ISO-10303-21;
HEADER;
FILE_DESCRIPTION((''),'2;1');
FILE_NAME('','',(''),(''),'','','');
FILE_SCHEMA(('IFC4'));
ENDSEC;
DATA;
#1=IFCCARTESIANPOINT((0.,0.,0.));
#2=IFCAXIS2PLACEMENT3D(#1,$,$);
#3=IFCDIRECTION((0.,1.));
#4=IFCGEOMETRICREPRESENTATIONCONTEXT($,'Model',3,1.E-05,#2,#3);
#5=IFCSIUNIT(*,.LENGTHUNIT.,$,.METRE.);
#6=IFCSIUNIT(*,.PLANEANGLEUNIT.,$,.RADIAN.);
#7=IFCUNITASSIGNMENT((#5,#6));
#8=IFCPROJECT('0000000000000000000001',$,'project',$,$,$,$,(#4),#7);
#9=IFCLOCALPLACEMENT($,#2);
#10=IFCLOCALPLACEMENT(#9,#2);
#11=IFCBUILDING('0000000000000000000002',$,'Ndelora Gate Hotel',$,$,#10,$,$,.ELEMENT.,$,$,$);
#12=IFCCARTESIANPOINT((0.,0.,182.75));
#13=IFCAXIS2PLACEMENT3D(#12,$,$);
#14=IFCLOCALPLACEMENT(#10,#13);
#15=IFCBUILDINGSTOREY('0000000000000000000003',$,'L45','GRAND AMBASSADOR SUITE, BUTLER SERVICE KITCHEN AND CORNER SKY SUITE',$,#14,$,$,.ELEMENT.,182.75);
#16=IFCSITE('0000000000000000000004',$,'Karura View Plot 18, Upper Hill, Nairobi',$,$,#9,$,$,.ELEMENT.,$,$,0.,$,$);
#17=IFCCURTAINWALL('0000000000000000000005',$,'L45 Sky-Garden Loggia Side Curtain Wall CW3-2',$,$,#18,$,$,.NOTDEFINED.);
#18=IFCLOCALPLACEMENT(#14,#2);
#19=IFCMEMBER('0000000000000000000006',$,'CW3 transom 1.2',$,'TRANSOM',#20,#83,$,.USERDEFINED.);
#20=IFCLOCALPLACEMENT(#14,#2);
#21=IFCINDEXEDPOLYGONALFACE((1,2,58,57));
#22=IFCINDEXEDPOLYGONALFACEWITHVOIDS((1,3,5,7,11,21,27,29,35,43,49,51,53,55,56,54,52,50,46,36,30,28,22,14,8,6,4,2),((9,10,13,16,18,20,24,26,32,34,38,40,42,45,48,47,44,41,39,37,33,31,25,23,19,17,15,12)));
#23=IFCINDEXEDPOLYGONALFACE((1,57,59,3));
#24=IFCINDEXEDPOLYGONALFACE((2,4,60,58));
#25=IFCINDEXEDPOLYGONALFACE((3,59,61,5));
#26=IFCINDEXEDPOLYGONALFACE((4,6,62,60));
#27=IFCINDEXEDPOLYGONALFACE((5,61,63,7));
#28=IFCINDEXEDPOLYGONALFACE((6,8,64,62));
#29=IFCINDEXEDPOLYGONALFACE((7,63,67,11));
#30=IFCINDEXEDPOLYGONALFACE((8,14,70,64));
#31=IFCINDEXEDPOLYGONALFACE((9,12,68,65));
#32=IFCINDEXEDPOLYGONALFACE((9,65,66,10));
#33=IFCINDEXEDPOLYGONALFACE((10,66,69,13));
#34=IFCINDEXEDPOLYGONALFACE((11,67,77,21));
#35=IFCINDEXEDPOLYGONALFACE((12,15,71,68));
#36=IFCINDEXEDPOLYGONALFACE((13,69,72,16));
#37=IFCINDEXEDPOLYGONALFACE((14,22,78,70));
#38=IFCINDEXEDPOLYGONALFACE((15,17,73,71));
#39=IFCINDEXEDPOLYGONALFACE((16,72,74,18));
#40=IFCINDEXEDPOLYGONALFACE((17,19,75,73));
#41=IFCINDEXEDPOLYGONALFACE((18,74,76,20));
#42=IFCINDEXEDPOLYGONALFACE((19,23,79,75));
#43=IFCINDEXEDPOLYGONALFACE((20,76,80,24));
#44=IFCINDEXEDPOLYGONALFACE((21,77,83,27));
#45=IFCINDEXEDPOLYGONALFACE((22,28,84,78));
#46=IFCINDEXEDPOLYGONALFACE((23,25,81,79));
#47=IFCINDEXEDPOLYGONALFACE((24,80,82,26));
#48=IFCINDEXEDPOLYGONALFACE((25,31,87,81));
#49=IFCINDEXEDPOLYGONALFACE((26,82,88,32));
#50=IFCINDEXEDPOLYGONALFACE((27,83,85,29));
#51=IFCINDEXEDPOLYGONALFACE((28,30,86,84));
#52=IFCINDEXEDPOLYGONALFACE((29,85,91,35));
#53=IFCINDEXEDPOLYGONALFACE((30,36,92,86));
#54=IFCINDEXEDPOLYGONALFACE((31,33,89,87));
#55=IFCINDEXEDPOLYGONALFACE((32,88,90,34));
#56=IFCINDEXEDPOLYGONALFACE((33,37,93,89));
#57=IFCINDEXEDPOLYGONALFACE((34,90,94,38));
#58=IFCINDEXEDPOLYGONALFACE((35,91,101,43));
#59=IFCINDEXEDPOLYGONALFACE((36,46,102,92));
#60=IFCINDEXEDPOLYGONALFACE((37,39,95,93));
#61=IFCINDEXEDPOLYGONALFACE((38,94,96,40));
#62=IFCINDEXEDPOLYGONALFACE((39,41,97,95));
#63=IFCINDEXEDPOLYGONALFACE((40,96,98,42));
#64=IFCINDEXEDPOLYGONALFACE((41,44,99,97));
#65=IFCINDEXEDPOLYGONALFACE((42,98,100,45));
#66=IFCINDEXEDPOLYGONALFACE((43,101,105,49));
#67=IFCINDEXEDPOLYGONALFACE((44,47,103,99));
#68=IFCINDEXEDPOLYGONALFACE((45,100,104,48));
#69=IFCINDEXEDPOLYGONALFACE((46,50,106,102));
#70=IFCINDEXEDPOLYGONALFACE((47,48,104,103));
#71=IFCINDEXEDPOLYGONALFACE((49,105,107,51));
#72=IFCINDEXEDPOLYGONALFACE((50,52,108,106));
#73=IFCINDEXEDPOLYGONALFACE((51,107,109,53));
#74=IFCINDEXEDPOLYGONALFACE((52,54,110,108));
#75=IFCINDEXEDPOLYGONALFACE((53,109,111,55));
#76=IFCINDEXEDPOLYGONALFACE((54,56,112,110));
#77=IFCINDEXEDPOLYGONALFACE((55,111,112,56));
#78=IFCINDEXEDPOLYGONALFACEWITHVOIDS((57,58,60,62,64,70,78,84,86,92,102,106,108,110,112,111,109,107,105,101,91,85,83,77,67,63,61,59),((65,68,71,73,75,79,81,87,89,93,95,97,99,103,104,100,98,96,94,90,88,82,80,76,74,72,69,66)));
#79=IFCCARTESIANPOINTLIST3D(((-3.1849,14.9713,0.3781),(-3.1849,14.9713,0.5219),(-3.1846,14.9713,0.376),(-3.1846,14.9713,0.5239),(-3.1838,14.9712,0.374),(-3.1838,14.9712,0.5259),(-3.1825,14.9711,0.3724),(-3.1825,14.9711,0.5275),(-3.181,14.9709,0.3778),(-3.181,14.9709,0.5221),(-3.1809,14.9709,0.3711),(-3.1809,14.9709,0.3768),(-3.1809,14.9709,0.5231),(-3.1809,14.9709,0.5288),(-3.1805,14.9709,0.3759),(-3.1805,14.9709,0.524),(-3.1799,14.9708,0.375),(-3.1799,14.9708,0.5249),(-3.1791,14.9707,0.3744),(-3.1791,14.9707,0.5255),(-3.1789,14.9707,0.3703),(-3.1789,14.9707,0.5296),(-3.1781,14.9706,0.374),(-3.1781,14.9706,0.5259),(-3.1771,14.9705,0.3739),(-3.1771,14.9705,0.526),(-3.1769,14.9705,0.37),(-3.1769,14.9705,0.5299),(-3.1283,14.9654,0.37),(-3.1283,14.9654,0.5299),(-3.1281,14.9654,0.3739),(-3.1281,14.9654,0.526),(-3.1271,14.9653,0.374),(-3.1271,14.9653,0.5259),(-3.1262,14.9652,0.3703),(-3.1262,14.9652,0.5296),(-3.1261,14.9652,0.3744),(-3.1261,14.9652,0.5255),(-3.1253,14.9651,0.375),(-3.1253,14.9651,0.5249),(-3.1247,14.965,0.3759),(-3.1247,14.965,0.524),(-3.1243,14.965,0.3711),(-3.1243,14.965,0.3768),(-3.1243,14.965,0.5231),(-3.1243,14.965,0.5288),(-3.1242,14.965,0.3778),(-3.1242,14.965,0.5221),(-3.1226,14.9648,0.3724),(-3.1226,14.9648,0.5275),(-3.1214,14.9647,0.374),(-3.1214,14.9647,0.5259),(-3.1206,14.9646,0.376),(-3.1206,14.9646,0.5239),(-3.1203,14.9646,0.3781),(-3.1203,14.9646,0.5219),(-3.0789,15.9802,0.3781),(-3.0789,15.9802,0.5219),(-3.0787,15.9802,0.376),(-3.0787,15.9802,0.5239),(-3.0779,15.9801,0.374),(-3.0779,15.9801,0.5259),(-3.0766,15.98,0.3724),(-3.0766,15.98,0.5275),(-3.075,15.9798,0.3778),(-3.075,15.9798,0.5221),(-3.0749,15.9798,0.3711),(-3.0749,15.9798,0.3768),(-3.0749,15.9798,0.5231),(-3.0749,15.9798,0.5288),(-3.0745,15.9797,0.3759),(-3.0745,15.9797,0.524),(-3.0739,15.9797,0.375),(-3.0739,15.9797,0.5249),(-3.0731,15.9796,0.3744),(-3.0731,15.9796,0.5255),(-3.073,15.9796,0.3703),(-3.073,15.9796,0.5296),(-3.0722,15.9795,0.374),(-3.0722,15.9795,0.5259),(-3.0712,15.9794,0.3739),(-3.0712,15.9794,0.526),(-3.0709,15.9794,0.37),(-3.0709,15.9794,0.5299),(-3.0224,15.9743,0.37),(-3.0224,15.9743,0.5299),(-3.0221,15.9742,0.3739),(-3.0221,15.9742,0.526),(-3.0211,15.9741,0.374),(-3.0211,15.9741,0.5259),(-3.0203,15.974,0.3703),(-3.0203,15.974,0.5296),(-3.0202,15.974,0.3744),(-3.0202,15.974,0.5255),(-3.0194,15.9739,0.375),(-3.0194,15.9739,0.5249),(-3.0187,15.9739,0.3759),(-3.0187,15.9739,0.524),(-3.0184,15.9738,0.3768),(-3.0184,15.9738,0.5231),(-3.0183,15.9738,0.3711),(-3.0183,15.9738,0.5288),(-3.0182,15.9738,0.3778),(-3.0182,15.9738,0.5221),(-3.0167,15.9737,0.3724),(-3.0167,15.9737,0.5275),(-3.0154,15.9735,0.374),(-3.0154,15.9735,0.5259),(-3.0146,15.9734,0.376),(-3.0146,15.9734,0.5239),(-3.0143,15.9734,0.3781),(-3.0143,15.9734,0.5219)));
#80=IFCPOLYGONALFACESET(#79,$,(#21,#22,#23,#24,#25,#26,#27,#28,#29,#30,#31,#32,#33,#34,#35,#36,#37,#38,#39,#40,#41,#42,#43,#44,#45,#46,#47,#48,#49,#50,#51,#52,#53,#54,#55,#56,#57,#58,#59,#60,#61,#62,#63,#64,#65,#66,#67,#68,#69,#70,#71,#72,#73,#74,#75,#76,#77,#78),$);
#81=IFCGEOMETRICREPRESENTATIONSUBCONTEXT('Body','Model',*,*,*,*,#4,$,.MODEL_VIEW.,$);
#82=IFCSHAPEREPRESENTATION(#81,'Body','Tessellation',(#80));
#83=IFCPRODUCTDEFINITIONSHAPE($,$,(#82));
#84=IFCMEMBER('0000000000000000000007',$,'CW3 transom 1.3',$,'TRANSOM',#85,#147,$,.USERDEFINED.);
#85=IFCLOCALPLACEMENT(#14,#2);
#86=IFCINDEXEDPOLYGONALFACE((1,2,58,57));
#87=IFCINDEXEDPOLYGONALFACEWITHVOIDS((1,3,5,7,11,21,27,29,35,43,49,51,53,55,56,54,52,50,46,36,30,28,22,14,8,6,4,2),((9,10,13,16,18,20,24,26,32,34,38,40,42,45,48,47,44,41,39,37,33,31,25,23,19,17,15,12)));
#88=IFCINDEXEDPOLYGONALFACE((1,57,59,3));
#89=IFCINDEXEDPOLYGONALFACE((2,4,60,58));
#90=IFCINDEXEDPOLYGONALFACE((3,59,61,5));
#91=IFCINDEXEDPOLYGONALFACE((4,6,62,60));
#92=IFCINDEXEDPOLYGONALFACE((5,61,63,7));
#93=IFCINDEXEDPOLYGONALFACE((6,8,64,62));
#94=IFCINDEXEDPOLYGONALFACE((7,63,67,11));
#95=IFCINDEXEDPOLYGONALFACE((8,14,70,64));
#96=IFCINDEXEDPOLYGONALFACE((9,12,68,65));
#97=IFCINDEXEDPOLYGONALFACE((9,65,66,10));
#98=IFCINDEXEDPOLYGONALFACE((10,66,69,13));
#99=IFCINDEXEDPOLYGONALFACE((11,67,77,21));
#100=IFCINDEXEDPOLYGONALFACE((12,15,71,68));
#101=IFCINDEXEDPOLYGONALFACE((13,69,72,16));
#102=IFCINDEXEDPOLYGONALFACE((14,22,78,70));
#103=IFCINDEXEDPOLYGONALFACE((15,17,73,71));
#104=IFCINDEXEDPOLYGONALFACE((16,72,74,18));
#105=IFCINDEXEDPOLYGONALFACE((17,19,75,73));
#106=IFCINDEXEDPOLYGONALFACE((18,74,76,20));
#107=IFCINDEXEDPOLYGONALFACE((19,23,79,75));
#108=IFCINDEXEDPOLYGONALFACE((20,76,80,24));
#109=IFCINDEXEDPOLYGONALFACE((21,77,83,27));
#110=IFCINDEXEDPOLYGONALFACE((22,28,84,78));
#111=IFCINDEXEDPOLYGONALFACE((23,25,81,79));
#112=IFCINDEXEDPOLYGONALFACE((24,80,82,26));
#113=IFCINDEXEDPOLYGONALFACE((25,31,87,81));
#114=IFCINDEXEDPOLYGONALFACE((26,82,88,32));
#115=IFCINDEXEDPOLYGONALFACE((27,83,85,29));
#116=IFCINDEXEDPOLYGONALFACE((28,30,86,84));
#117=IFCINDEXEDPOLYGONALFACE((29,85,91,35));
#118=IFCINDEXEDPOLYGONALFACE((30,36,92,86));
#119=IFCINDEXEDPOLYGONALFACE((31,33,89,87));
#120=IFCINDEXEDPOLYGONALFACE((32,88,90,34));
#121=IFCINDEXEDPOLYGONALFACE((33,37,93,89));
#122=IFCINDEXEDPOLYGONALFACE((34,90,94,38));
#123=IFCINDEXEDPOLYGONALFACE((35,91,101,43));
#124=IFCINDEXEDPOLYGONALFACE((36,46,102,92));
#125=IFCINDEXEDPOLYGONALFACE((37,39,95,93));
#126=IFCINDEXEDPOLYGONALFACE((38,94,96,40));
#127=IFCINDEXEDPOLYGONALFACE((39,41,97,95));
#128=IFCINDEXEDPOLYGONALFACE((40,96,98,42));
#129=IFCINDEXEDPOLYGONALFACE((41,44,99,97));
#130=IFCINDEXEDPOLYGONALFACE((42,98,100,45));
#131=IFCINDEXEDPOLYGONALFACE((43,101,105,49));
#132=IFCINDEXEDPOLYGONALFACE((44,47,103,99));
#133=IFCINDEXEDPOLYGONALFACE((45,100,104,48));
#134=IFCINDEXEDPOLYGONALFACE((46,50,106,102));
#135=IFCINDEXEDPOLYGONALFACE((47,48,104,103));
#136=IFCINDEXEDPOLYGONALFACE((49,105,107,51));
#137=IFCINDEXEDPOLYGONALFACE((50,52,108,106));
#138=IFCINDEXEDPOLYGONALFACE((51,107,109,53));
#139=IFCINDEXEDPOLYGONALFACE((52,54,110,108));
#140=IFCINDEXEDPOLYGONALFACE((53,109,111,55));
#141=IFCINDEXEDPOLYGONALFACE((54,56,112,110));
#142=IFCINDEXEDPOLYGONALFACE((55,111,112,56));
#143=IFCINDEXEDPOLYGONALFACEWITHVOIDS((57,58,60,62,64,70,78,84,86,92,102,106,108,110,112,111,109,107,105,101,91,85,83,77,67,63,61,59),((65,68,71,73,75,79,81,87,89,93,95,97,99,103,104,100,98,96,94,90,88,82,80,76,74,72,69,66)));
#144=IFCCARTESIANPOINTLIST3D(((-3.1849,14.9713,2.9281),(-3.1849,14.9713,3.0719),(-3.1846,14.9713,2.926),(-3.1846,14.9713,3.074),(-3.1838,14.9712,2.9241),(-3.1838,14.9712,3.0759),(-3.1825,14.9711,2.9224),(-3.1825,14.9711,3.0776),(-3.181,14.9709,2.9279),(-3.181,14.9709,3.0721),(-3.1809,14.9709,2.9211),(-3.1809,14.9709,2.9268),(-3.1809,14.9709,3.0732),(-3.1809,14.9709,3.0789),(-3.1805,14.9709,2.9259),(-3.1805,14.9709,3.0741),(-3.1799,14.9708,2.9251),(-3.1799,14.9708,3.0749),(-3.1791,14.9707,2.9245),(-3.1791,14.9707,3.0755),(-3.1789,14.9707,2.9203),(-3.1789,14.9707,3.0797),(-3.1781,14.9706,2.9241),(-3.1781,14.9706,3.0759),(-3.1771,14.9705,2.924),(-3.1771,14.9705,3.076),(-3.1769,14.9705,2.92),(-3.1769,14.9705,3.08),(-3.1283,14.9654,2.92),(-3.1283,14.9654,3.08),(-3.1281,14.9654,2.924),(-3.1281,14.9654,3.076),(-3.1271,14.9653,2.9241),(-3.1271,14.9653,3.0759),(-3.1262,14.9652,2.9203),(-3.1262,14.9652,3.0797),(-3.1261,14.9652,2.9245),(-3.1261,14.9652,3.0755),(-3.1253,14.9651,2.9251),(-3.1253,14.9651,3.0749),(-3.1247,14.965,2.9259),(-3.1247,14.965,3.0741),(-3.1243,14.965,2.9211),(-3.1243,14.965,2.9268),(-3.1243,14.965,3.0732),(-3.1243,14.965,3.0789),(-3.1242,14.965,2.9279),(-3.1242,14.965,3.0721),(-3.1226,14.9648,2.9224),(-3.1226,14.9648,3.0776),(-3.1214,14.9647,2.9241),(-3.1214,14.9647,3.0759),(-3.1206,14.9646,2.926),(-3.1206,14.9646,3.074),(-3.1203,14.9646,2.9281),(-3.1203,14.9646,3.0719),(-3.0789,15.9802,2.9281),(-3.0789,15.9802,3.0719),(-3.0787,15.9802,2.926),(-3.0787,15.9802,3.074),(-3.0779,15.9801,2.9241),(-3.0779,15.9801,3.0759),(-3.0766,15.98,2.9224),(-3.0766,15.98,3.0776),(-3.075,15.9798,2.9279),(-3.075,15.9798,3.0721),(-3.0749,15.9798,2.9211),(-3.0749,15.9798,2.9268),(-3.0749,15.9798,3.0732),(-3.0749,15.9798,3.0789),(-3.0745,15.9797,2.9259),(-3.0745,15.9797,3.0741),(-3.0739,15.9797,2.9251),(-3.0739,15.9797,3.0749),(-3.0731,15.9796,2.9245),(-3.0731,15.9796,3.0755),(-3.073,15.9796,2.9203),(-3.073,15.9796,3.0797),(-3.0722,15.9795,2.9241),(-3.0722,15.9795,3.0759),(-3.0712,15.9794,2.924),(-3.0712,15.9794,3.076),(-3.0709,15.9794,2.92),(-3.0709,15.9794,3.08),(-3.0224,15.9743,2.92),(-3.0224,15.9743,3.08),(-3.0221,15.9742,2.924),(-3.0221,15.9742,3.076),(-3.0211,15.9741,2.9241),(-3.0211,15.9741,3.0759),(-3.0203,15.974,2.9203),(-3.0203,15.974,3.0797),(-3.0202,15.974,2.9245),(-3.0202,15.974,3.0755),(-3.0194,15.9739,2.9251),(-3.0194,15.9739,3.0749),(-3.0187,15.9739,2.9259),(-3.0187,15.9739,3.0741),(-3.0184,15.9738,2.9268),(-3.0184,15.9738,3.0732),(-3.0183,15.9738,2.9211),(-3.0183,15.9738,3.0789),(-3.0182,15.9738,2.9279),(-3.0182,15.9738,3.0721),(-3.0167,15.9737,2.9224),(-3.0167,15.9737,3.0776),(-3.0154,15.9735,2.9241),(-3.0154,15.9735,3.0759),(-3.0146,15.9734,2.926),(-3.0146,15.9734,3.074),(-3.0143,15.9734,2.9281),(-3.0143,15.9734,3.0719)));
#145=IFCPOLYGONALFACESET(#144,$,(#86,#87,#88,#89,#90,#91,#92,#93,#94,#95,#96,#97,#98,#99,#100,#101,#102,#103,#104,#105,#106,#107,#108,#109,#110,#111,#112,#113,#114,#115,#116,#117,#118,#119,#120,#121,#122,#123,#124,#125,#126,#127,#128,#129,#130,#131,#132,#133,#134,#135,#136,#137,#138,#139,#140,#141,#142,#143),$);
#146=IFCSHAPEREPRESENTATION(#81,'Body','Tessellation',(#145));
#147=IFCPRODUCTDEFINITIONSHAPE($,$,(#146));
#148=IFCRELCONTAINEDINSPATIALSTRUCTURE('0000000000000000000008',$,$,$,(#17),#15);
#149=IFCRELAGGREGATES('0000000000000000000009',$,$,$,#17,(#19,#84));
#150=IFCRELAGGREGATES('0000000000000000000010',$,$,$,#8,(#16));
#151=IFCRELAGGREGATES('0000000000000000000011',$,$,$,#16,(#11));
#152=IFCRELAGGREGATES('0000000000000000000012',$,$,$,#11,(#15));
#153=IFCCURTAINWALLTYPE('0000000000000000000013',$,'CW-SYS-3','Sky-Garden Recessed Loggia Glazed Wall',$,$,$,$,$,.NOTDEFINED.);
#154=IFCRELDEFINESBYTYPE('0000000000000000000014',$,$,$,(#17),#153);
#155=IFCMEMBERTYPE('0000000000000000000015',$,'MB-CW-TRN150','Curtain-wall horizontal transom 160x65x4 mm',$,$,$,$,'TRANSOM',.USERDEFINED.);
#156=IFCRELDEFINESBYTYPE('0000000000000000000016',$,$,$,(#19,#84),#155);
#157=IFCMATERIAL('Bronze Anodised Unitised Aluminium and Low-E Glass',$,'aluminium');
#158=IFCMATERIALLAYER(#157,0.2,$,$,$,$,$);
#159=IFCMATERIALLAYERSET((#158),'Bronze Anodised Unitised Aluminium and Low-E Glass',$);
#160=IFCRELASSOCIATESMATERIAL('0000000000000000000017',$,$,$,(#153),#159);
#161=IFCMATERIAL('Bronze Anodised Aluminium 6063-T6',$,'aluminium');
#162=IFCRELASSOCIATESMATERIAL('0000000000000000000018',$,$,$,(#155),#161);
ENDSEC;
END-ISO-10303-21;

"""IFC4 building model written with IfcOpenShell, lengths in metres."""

from ifc_helpers import new_model, si_unit, direction, frame, origin, origin_2d, place, context, subcontext, project, spatial, hollow_rectangle, extrude, material, layer, layer_set, material_profile, profile_set, type_object, element, aggregate, save


model = new_model("IFC4")

# Units and contexts
model_context = context("Model", 3, precision=1e-05, world=origin(), true_north=direction((0.0, 1.0)))
body_context = subcontext(model_context, "Body", "Model", "MODEL_VIEW")
ifc_project = project(units=[si_unit("LENGTHUNIT", "METRE"), si_unit("PLANEANGLEUNIT", "RADIAN")], contexts=[model_context])

# Site, building, storey
site_placement = place(None, origin())
site = spatial("IfcSite", under=ifc_project, at=site_placement, Name="Karura View Plot 18, Upper Hill, Nairobi", CompositionType="ELEMENT", RefElevation=0.0)
building_placement = place(site_placement, origin())
building = spatial("IfcBuilding", under=site, at=building_placement, Name="Ndelora Gate Hotel", CompositionType="ELEMENT")
storey_placement = place(building_placement, frame((0.0, 0.0, 182.75)))
storey = spatial("IfcBuildingStorey", under=building, at=storey_placement, Name="L45", Description="GRAND AMBASSADOR SUITE, BUTLER SERVICE KITCHEN AND CORNER SKY SUITE", CompositionType="ELEMENT", Elevation=182.75)

# Curtain wall, members
ifc_material_1 = material(Name="Bronze Anodised Unitised Aluminium and Low-E Glass", Category="aluminium")
ifc_layer_1 = layer(ifc_material_1, 0.2)
ifc_layer_set_1 = layer_set([ifc_layer_1], Name="Bronze Anodised Unitised Aluminium and Low-E Glass")
curtain_wall_type = type_object("IfcCurtainWallType", Name="CW-SYS-3", Description="Sky-Garden Recessed Loggia Glazed Wall", PredefinedType="NOTDEFINED", material=ifc_layer_set_1)
curtain_wall_placement = place(storey_placement, origin())
curtain_wall = element("IfcCurtainWall", 1, at=curtain_wall_placement, inside=storey, type_object=curtain_wall_type, Name="L45 Sky-Garden Loggia Side Curtain Wall CW3-2", PredefinedType="NOTDEFINED")
ifc_material_2 = material(Name="Bronze Anodised Aluminium 6063-T6", Category="aluminium")
ifc_material_profile_1 = material_profile(ifc_material_2, hollow_rectangle(XDim=0.0649, YDim=0.1599, WallThickness=0.0039, InnerFilletRadius=0.0039, OuterFilletRadius=0.0081, at=origin_2d()), Name="ALU 160x65x4")
ifc_profile_set_1 = profile_set([ifc_material_profile_1], Name="Bronze Anodised Aluminium 6063-T6")
member_type_1 = type_object("IfcMemberType", Name="MB-CW-TRN150", Description="Curtain-wall horizontal transom 160x65x4 mm", ElementType="TRANSOM", PredefinedType="USERDEFINED", material=ifc_profile_set_1)
member_1_placement = place(storey_placement, frame((-3.0466, 15.9768, 0.45), z_axis=(-0.104459, -0.994529, 0.0), x_axis=(0.994529, -0.104459, 0.0)))
member_1 = element("IfcMember", 2, at=member_1_placement, type_object=member_type_1, Name="CW3 transom 1.2", ObjectType="TRANSOM", PredefinedType="USERDEFINED", context=body_context, shape_type="SweptSolid", body=[
    extrude(hollow_rectangle(XDim=0.0649, YDim=0.1599, WallThickness=0.0039, InnerFilletRadius=0.0039, OuterFilletRadius=0.0081, at=origin_2d()), origin(), (0.0, 0.0, 1.0), 1.0144),
])
member_2_placement = place(storey_placement, frame((-3.0466, 15.9768, 3.0), z_axis=(-0.104459, -0.994529, 0.0), x_axis=(0.994529, -0.104459, 0.0)))
member_2 = element("IfcMember", 3, at=member_2_placement, type_object=member_type_1, Name="CW3 transom 1.3", ObjectType="TRANSOM", PredefinedType="USERDEFINED", context=body_context, shape_type="SweptSolid", body=[
    extrude(hollow_rectangle(XDim=0.0649, YDim=0.1599, WallThickness=0.0039, InnerFilletRadius=0.0039, OuterFilletRadius=0.0081, at=origin_2d()), origin(), (0.0, 0.0, 1.0), 1.0144),
])
aggregate(curtain_wall, [member_1, member_2])

save(model, "model.ifc")
